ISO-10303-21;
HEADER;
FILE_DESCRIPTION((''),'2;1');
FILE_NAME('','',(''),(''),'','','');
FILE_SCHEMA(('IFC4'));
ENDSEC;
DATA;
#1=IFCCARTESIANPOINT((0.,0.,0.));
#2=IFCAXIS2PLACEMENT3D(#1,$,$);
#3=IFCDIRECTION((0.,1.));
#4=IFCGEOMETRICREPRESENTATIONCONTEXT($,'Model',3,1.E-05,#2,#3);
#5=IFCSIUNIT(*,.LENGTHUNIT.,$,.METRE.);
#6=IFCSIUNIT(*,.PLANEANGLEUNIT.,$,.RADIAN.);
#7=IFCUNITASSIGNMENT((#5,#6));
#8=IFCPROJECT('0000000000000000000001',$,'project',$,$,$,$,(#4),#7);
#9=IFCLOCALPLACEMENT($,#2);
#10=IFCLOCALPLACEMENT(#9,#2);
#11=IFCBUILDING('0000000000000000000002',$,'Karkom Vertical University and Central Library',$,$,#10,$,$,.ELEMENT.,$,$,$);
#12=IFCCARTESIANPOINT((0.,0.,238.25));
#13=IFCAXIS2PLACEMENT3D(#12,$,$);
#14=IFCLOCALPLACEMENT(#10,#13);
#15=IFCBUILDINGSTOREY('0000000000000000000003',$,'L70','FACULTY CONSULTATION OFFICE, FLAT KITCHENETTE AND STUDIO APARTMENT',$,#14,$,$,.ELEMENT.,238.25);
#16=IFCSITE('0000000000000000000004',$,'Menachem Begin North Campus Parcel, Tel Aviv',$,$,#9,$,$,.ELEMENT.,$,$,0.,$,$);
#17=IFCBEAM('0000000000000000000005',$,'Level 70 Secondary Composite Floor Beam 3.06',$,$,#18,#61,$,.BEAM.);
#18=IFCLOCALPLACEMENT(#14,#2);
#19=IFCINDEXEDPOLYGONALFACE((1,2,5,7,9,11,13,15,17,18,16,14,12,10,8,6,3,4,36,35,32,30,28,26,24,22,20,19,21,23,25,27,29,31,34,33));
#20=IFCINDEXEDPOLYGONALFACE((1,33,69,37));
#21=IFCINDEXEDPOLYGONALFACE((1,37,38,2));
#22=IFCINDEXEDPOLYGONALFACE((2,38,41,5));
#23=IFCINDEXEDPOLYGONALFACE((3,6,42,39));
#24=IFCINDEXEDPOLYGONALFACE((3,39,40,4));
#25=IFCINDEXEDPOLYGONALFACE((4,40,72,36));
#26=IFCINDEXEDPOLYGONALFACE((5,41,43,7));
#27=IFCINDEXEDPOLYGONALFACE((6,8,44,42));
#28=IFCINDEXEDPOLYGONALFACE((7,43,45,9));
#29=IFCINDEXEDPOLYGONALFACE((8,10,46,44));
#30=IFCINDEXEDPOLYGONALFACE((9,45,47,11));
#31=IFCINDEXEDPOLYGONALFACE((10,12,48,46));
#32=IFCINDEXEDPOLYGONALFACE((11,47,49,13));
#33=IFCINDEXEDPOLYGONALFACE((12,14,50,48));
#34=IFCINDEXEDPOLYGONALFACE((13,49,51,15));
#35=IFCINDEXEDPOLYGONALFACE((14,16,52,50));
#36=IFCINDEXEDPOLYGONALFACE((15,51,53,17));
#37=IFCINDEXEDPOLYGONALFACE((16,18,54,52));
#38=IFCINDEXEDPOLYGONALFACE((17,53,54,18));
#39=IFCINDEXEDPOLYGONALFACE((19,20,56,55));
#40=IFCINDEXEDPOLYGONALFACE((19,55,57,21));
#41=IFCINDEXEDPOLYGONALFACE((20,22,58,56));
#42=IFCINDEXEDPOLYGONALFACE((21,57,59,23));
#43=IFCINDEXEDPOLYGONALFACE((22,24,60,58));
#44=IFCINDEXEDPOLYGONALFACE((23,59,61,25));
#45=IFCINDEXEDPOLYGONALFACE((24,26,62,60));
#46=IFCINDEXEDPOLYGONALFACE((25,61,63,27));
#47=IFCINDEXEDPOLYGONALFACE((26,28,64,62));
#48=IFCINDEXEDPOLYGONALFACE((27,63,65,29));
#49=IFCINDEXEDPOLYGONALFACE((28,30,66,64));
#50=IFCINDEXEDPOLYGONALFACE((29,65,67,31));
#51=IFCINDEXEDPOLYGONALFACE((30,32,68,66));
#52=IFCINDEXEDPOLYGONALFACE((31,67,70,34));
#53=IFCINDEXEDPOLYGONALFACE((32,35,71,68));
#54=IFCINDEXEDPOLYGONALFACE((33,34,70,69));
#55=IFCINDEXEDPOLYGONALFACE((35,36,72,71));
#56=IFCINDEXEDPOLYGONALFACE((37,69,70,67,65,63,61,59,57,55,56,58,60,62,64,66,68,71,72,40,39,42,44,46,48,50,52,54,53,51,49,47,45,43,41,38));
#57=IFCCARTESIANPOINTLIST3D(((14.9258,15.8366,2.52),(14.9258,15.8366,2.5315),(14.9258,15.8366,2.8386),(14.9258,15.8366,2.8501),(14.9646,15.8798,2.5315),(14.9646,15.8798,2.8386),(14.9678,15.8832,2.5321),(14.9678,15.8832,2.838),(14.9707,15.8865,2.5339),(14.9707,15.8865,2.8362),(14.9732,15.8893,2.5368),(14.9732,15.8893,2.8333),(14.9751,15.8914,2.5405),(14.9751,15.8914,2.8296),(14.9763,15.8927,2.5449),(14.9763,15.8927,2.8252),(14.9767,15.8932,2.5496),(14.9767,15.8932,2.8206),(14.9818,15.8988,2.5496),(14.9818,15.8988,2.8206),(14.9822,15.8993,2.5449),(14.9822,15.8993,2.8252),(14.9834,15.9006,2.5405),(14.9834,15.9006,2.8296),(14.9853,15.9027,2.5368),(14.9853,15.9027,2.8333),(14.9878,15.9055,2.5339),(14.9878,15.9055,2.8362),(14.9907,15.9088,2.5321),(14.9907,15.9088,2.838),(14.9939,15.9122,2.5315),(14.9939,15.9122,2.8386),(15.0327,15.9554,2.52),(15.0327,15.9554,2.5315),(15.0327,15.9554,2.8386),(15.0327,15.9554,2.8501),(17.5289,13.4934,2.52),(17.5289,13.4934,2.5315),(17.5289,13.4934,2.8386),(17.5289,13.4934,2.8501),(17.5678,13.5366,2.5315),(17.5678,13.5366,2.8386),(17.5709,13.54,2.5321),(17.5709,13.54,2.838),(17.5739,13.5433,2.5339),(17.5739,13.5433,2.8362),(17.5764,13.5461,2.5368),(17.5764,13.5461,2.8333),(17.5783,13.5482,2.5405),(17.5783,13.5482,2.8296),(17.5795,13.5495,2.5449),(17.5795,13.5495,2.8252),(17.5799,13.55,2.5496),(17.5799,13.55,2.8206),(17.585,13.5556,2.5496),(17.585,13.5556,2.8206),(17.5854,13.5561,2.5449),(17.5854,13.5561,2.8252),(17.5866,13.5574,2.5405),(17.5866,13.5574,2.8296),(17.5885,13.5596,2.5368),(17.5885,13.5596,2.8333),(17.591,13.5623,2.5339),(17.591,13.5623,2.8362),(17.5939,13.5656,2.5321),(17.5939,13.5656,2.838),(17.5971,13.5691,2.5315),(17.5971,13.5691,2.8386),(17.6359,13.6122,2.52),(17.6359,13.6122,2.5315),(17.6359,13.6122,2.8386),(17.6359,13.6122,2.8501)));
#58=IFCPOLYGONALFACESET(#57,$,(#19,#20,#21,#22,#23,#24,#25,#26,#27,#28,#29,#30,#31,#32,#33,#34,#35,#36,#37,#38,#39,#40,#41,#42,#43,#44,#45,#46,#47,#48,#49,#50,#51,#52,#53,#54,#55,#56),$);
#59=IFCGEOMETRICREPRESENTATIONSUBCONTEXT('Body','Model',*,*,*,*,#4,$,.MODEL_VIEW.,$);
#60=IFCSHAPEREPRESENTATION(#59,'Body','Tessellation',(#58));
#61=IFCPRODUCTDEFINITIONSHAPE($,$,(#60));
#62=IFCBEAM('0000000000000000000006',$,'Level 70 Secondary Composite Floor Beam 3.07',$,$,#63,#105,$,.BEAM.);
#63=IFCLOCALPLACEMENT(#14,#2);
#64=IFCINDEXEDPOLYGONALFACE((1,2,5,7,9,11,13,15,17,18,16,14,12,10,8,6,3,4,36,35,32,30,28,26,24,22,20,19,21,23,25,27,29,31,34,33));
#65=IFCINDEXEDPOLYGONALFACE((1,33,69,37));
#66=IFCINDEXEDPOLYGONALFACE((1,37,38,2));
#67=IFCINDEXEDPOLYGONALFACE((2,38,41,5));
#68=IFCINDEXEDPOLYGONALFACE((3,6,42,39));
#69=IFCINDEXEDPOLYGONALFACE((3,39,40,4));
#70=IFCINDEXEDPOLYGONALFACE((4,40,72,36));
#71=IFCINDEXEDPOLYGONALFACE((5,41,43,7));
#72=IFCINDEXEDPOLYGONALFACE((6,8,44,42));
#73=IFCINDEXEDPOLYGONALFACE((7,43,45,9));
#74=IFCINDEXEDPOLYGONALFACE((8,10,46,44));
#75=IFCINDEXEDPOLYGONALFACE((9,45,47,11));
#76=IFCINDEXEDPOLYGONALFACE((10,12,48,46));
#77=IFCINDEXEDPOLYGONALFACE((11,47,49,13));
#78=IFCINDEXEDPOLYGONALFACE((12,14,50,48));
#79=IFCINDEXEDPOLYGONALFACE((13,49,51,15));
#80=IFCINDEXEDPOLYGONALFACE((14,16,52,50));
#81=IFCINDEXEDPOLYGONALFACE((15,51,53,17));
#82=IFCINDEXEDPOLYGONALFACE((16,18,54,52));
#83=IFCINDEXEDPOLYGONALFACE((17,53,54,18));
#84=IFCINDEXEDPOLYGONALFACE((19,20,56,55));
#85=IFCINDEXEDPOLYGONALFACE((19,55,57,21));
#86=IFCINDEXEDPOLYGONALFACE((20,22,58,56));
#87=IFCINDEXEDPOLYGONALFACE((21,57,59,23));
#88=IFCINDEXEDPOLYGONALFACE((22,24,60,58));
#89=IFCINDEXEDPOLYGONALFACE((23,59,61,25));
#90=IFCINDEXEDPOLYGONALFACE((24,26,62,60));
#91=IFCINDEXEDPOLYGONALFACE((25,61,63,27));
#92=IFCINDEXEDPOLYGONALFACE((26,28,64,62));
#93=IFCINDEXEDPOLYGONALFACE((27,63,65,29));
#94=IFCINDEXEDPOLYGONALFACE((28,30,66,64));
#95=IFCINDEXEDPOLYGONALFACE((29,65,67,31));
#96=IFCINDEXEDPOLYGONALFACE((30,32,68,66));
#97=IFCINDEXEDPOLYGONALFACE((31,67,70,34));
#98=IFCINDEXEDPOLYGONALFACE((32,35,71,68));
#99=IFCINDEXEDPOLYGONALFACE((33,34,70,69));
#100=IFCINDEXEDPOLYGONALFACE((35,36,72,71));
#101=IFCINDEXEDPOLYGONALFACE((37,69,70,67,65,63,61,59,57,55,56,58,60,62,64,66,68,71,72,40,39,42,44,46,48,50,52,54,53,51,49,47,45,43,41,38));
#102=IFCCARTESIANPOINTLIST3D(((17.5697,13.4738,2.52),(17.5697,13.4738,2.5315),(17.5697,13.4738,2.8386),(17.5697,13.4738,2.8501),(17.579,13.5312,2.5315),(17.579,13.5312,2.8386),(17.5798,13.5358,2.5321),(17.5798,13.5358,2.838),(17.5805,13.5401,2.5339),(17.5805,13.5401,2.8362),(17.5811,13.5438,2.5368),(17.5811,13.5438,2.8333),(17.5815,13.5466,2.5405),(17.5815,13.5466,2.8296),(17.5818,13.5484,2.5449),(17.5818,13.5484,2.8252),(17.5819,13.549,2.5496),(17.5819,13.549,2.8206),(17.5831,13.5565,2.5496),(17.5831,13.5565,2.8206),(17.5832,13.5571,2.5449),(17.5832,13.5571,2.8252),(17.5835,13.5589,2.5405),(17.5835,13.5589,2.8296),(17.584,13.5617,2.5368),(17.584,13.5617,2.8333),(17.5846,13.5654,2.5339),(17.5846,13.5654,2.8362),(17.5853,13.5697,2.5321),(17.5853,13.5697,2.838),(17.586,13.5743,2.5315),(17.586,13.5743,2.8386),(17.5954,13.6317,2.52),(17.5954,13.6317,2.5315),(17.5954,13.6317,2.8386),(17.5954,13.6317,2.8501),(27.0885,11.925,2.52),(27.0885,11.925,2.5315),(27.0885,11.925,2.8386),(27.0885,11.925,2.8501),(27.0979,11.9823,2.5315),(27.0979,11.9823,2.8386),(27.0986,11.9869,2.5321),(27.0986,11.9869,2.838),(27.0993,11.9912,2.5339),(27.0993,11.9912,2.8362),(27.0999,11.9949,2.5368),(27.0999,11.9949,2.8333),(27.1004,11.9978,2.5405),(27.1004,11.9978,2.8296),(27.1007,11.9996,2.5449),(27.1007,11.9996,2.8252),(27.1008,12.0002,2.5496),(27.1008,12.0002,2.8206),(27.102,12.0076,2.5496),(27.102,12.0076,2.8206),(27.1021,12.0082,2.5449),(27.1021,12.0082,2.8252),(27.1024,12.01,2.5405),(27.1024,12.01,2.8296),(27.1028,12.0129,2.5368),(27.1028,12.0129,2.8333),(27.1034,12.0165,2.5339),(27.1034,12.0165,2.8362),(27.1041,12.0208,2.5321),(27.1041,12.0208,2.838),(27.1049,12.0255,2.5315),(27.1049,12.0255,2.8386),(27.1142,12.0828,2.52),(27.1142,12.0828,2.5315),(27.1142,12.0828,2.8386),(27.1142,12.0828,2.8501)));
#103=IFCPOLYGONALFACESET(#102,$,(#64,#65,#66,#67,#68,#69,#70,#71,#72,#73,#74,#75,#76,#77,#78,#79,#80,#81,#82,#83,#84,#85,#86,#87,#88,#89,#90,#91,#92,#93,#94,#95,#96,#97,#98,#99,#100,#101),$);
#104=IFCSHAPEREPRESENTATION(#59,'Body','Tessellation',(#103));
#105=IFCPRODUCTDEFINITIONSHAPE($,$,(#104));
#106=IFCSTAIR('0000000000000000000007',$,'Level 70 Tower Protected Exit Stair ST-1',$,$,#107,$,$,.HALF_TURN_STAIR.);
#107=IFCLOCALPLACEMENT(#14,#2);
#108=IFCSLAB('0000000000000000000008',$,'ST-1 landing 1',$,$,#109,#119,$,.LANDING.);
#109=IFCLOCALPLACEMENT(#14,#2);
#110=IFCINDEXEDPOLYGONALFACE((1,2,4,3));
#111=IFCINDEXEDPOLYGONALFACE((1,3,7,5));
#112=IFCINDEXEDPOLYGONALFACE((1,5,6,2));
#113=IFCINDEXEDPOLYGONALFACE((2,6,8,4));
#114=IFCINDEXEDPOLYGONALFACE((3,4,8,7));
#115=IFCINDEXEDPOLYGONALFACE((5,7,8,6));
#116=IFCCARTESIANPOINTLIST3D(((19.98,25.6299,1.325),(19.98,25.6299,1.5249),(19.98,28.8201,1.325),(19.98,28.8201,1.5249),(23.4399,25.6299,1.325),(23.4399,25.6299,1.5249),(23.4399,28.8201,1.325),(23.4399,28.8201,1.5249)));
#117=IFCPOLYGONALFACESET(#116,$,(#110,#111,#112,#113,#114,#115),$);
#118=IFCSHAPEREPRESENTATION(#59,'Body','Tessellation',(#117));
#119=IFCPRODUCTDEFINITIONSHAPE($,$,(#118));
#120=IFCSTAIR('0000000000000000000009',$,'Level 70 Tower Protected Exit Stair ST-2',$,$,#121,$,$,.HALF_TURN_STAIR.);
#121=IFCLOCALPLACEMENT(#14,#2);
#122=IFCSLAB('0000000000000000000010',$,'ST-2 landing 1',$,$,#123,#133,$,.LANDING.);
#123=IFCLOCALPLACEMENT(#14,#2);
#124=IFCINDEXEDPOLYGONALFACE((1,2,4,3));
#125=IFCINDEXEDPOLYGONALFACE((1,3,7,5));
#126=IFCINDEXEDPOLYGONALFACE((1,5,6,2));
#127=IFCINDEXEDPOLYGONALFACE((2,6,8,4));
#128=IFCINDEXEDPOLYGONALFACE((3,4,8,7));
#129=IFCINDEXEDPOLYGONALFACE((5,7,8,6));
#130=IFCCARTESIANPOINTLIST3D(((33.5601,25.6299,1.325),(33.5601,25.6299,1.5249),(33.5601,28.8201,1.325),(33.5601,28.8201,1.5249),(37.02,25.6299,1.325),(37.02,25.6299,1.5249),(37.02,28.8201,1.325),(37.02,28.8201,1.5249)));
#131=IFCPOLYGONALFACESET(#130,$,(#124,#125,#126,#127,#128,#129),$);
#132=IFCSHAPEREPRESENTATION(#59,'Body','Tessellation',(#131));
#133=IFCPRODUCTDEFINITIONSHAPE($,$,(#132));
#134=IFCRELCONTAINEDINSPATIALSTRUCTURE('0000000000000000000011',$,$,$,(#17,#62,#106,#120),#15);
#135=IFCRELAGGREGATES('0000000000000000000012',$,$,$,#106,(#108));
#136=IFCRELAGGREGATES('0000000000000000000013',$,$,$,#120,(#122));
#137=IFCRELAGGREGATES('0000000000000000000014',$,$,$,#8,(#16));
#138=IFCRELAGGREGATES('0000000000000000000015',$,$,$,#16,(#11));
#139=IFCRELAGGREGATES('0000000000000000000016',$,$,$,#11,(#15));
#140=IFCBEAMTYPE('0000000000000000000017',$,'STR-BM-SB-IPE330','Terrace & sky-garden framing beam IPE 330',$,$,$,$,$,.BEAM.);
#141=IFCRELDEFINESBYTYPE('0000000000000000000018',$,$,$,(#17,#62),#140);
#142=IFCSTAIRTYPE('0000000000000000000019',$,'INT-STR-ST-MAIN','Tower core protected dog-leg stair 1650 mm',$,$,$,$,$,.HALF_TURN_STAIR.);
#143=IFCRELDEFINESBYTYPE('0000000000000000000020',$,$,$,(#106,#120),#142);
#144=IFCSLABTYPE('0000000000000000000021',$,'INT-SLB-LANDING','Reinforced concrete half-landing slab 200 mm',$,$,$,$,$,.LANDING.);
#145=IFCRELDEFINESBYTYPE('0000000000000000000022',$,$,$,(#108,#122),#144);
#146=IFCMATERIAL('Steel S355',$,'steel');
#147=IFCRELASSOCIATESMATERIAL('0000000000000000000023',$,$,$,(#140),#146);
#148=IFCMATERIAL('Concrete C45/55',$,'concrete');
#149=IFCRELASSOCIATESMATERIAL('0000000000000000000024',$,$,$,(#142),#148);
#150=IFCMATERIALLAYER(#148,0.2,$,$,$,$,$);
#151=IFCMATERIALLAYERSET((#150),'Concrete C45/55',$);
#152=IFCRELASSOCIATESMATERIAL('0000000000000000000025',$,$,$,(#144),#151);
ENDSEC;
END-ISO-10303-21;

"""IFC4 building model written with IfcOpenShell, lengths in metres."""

from ifc_helpers import new_model, si_unit, direction, frame, origin, origin_with_axes, origin_2d, place, context, subcontext, project, spatial, polyline, i_section, outline, extrude, source, transform, mapped, material, layer, layer_set, material_profile, profile_set, type_object, element, aggregate, save


model = new_model("IFC4")

# Units and contexts
model_context = context("Model", 3, precision=1e-05, world=origin(), true_north=direction((0.0, 1.0)))
body_context = subcontext(model_context, "Body", "Model", "MODEL_VIEW")
ifc_project = project(units=[si_unit("LENGTHUNIT", "METRE"), si_unit("PLANEANGLEUNIT", "RADIAN")], contexts=[model_context])

# Site, building, storey
site_placement = place(None, origin())
site = spatial("IfcSite", under=ifc_project, at=site_placement, Name="Menachem Begin North Campus Parcel, Tel Aviv", CompositionType="ELEMENT", RefElevation=0.0)
building_placement = place(site_placement, origin())
building = spatial("IfcBuilding", under=site, at=building_placement, Name="Karkom Vertical University and Central Library", CompositionType="ELEMENT")
storey_placement = place(building_placement, frame((0.0, 0.0, 238.25)))
storey = spatial("IfcBuildingStorey", under=building, at=storey_placement, Name="L70", Description="FACULTY CONSULTATION OFFICE, FLAT KITCHENETTE AND STUDIO APARTMENT", CompositionType="ELEMENT", Elevation=238.25)

# Shared definitions
ifc_material_1 = material(Name="Concrete C45/55", Category="concrete")

# Beams
ifc_material_2 = material(Name="Steel S355", Category="steel")
ifc_material_profile_1 = material_profile(ifc_material_2, i_section(OverallWidth=0.1599, OverallDepth=0.3301, WebThickness=0.0076, FlangeThickness=0.0115, FilletRadius=0.0181, at=origin_2d()), Name="IPE 330")
ifc_profile_set_1 = profile_set([ifc_material_profile_1], Name="Steel S355")
beam_type_1 = type_object("IfcBeamType", Name="STR-BM-SB-IPE330", Description="Terrace & sky-garden framing beam IPE 330", PredefinedType="BEAM", material=ifc_profile_set_1)
shared_shape_1 = source(origin_with_axes(), body_context, "Body", "SweptSolid", [
    extrude(i_section(OverallWidth=0.1599, OverallDepth=0.3301, WebThickness=0.0076, FlangeThickness=0.0115, FilletRadius=0.0181, at=origin_2d()), origin(), (0.0, 0.0, 1.0), 3.5024),
])
beam_1_placement = place(storey_placement, frame((14.9792, 15.896, 2.6851), z_axis=(0.743249, -0.669015, 0.0), x_axis=(0.669015, 0.743249, 0.0)))
element("IfcBeam", 1, at=beam_1_placement, inside=storey, type_object=beam_type_1, Name="Level 70 Secondary Composite Floor Beam 3.06", PredefinedType="BEAM", context=body_context, shape_type="MappedRepresentation", body=[
    mapped(shared_shape_1, transform((0.0, 0.0, 0.0), scale=1.0)),
])
shared_shape_2 = source(origin_with_axes(), body_context, "Body", "SweptSolid", [
    extrude(i_section(OverallWidth=0.1599, OverallDepth=0.3301, WebThickness=0.0076, FlangeThickness=0.0115, FilletRadius=0.0181, at=origin_2d()), origin(), (0.0, 0.0, 1.0), 9.644),
])
beam_2_placement = place(storey_placement, frame((17.5825, 13.5527, 2.6851), z_axis=(0.987019, -0.1606, 0.0), x_axis=(0.1606, 0.987019, 0.0)))
element("IfcBeam", 2, at=beam_2_placement, inside=storey, type_object=beam_type_1, Name="Level 70 Secondary Composite Floor Beam 3.07", PredefinedType="BEAM", context=body_context, shape_type="MappedRepresentation", body=[
    mapped(shared_shape_2, transform((0.0, 0.0, 0.0), scale=1.0)),
])

# Stairs, slabs
stair_type = type_object("IfcStairType", Name="INT-STR-ST-MAIN", Description="Tower core protected dog-leg stair 1650 mm", PredefinedType="HALF_TURN_STAIR", material=ifc_material_1)
stair_1_placement = place(storey_placement, origin())
stair_1 = element("IfcStair", 3, at=stair_1_placement, inside=storey, type_object=stair_type, Name="Level 70 Tower Protected Exit Stair ST-1", PredefinedType="HALF_TURN_STAIR")
ifc_layer_1 = layer(ifc_material_1, 0.2)
ifc_layer_set_1 = layer_set([ifc_layer_1], Name="Concrete C45/55")
slab_type_1 = type_object("IfcSlabType", Name="INT-SLB-LANDING", Description="Reinforced concrete half-landing slab 200 mm", PredefinedType="LANDING", material=ifc_layer_set_1)
slab_1_placement = place(storey_placement, frame((0.0, 0.0, 1.325)))
slab_1 = element("IfcSlab", 4, at=slab_1_placement, type_object=slab_type_1, Name="ST-1 landing 1", PredefinedType="LANDING", context=body_context, shape_type="SweptSolid", body=[
    extrude(outline(polyline([(23.4399, 25.6299), (23.4399, 28.8201), (19.98, 28.8201), (19.98, 25.6299), (23.4399, 25.6299)])), origin(), (0.0, 0.0, 1.0), 0.2),
])
aggregate(stair_1, [slab_1])
stair_2_placement = place(storey_placement, origin())
stair_2 = element("IfcStair", 5, at=stair_2_placement, inside=storey, type_object=stair_type, Name="Level 70 Tower Protected Exit Stair ST-2", PredefinedType="HALF_TURN_STAIR")
slab_2_placement = place(storey_placement, frame((0.0, 0.0, 1.325)))
slab_2 = element("IfcSlab", 6, at=slab_2_placement, type_object=slab_type_1, Name="ST-2 landing 1", PredefinedType="LANDING", context=body_context, shape_type="SweptSolid", body=[
    extrude(outline(polyline([(37.02, 25.6299), (37.02, 28.8201), (33.5601, 28.8201), (33.5601, 25.6299), (37.02, 25.6299)])), origin(), (0.0, 0.0, 1.0), 0.2),
])
aggregate(stair_2, [slab_2])

save(model, "model.ifc")
